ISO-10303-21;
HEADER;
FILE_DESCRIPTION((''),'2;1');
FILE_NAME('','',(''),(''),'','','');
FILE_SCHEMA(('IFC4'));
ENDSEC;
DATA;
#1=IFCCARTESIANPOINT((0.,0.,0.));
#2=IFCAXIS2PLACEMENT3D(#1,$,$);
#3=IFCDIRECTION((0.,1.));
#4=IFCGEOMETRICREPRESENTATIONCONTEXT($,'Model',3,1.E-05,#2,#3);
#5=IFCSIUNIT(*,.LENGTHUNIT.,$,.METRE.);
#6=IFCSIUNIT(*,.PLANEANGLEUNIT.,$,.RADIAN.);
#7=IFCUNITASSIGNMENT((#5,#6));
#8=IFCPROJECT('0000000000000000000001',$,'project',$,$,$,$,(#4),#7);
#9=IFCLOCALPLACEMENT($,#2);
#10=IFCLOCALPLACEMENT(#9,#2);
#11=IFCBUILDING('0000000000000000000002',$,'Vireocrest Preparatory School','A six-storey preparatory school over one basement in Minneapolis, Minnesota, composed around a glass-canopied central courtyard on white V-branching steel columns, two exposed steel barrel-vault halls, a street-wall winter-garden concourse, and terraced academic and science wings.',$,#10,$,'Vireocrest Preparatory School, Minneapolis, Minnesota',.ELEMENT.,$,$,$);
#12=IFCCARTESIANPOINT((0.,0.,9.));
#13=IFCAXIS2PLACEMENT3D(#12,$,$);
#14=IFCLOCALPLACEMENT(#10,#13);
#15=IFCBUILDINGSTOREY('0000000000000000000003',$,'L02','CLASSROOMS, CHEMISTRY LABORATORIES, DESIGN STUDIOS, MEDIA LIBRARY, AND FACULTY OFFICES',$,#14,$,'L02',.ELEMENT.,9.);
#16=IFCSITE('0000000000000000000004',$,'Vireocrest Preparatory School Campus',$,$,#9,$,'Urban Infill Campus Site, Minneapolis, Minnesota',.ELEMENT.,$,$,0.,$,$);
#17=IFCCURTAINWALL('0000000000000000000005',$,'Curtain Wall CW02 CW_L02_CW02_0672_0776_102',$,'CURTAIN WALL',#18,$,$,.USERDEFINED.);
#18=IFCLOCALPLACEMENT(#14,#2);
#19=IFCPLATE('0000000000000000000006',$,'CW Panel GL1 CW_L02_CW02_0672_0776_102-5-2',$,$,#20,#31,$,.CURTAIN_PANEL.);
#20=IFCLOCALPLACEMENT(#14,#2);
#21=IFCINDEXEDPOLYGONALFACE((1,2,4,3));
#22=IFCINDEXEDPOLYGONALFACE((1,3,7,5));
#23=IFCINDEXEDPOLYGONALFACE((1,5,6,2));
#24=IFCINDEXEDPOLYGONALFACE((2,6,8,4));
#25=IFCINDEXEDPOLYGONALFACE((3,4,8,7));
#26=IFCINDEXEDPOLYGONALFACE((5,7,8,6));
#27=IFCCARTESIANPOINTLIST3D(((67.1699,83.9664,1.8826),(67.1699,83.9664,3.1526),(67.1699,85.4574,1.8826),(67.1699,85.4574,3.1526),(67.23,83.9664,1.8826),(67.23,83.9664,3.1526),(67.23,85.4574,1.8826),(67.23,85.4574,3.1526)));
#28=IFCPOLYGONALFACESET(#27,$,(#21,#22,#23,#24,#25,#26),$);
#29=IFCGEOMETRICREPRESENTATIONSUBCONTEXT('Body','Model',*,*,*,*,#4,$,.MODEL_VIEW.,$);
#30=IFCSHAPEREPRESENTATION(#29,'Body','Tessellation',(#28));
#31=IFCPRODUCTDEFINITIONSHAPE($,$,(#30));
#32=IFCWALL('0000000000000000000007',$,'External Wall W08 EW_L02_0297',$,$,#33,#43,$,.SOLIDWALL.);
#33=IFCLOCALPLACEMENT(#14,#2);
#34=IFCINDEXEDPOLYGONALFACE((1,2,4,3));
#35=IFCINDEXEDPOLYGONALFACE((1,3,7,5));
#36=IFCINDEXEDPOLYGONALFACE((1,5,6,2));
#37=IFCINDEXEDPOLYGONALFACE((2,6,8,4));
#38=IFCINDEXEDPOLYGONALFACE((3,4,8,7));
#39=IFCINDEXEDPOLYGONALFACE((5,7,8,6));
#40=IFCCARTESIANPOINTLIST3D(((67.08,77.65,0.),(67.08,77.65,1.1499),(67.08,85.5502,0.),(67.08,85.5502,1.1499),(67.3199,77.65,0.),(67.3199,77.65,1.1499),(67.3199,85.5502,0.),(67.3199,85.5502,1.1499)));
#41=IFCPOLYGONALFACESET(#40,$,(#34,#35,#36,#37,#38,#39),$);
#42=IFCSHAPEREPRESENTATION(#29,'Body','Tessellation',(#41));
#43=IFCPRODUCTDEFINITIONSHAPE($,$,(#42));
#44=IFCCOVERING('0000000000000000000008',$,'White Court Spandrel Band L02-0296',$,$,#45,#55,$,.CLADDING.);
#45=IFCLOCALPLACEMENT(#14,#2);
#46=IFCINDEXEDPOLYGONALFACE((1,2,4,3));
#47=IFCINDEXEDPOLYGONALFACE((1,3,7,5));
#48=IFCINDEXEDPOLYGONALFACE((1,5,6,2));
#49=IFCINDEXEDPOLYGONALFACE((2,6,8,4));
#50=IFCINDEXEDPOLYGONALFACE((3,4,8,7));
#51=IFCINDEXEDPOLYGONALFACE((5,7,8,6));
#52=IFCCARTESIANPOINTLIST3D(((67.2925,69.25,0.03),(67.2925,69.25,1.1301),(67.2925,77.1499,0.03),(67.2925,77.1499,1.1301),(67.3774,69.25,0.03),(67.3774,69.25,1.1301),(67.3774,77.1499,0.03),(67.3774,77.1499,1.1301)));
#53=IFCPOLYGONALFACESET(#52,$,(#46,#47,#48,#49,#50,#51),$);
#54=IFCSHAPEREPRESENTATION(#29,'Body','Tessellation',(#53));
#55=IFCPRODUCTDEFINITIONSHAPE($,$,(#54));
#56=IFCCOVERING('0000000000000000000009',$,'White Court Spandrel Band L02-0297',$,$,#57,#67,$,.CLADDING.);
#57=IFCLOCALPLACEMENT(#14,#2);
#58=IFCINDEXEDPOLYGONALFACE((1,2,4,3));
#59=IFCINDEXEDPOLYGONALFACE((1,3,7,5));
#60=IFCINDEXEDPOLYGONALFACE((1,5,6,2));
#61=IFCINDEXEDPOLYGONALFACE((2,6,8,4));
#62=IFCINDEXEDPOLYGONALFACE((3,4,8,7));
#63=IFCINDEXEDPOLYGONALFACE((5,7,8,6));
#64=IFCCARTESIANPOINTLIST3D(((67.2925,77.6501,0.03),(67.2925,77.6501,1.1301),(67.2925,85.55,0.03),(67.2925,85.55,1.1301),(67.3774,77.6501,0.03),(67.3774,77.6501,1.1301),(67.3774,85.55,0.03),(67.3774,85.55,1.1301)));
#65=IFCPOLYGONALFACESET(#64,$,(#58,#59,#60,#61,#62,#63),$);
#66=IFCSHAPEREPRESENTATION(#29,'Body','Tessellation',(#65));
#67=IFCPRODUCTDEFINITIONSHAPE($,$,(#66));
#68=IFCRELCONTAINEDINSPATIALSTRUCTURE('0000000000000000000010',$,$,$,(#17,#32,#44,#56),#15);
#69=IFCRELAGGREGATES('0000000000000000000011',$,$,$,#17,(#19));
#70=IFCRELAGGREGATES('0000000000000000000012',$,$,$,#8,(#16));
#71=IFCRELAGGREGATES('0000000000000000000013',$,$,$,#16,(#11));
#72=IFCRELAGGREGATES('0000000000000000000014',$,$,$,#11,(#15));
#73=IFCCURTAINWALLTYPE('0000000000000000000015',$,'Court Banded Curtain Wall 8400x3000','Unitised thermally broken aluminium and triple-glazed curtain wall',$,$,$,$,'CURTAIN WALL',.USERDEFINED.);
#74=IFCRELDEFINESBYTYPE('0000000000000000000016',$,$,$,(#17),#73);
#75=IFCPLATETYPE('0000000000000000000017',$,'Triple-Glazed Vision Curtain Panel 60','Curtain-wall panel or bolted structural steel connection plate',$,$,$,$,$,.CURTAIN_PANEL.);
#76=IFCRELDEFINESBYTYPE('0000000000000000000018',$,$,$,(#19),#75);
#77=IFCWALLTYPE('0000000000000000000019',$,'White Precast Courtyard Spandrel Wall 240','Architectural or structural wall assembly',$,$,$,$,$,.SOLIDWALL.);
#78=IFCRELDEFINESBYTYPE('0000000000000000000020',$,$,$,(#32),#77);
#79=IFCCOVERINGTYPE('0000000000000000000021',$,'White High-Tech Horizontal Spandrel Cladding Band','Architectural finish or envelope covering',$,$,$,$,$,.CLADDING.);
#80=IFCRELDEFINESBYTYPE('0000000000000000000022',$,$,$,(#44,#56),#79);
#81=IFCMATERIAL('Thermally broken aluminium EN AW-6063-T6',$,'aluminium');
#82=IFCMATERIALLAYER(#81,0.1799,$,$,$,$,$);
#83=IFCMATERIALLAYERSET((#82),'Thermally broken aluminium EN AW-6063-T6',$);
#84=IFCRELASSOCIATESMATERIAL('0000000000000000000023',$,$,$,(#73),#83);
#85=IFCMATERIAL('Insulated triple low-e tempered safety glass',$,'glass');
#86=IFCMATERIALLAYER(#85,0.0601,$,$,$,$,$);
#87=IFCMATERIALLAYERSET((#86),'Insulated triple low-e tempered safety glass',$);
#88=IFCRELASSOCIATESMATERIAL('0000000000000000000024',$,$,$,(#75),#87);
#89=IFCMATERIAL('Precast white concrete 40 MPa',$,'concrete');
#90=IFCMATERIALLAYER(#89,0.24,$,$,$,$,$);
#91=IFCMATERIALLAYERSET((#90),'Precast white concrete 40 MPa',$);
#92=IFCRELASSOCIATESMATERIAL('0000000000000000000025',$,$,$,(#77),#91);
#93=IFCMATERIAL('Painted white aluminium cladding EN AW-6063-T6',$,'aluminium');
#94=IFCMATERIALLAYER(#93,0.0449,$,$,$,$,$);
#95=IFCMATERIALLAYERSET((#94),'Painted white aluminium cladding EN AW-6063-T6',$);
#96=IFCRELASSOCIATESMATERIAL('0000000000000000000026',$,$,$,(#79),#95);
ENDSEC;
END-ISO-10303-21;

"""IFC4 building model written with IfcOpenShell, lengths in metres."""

from ifc_helpers import new_model, si_unit, direction, frame, frame_2d, origin, origin_2d, place, context, subcontext, project, spatial, rectangle, extrude, material, layer, layer_set, type_object, element, aggregate, save


model = new_model("IFC4")

# Units and contexts
model_context = context("Model", 3, precision=1e-05, world=origin(), true_north=direction((0.0, 1.0)))
body_context = subcontext(model_context, "Body", "Model", "MODEL_VIEW")
ifc_project = project(units=[si_unit("LENGTHUNIT", "METRE"), si_unit("PLANEANGLEUNIT", "RADIAN")], contexts=[model_context])

# Site, building, storey
site_placement = place(None, origin())
site = spatial("IfcSite", under=ifc_project, at=site_placement, Name="Vireocrest Preparatory School Campus", LongName="Urban Infill Campus Site, Minneapolis, Minnesota", CompositionType="ELEMENT", RefElevation=0.0)
building_placement = place(site_placement, origin())
building = spatial("IfcBuilding", under=site, at=building_placement, Name="Vireocrest Preparatory School", Description="A six-storey preparatory school over one basement in Minneapolis, Minnesota, composed around a glass-canopied central courtyard on white V-branching steel columns, two exposed steel barrel-vault halls, a street-wall winter-garden concourse, and terraced academic and science wings.", LongName="Vireocrest Preparatory School, Minneapolis, Minnesota", CompositionType="ELEMENT")
storey_placement = place(building_placement, frame((0.0, 0.0, 9.0)))
storey = spatial("IfcBuildingStorey", under=building, at=storey_placement, Name="L02", Description="CLASSROOMS, CHEMISTRY LABORATORIES, DESIGN STUDIOS, MEDIA LIBRARY, AND FACULTY OFFICES", LongName="L02", CompositionType="ELEMENT", Elevation=9.0)

# Curtain wall
ifc_material_1 = material(Name="Thermally broken aluminium EN AW-6063-T6", Category="aluminium")
ifc_layer_1 = layer(ifc_material_1, 0.1799)
ifc_layer_set_1 = layer_set([ifc_layer_1], Name="Thermally broken aluminium EN AW-6063-T6")
curtain_wall_type = type_object("IfcCurtainWallType", Name="Court Banded Curtain Wall 8400x3000", Description="Unitised thermally broken aluminium and triple-glazed curtain wall", ElementType="CURTAIN WALL", PredefinedType="USERDEFINED", material=ifc_layer_set_1)
curtain_wall_1_placement = place(storey_placement, origin())
curtain_wall_1 = element("IfcCurtainWall", 1, at=curtain_wall_1_placement, inside=storey, type_object=curtain_wall_type, Name="Curtain Wall CW02 CW_L02_CW02_0672_0776_102", ObjectType="CURTAIN WALL", PredefinedType="USERDEFINED")

# Plate
ifc_material_2 = material(Name="Insulated triple low-e tempered safety glass", Category="glass")
ifc_layer_2 = layer(ifc_material_2, 0.0601)
ifc_layer_set_2 = layer_set([ifc_layer_2], Name="Insulated triple low-e tempered safety glass")
plate_type = type_object("IfcPlateType", Name="Triple-Glazed Vision Curtain Panel 60", Description="Curtain-wall panel or bolted structural steel connection plate", PredefinedType="CURTAIN_PANEL", material=ifc_layer_set_2)
plate_1_placement = place(storey_placement, frame((67.2, 84.7119, 1.8826), z_axis=(0.0, 0.0, 1.0), x_axis=(0.0, 1.0, 0.0)))
plate_1 = element("IfcPlate", 2, at=plate_1_placement, type_object=plate_type, Name="CW Panel GL1 CW_L02_CW02_0672_0776_102-5-2", PredefinedType="CURTAIN_PANEL", context=body_context, shape_type="SweptSolid", body=[
    extrude(rectangle(XDim=1.491, YDim=0.0601, at=origin_2d()), origin(), (0.0, 0.0, 1.0), 1.27),
])
aggregate(curtain_wall_1, [plate_1])

# Wall
ifc_material_3 = material(Name="Precast white concrete 40 MPa", Category="concrete")
ifc_layer_3 = layer(ifc_material_3, 0.24)
ifc_layer_set_3 = layer_set([ifc_layer_3], Name="Precast white concrete 40 MPa")
wall_type = type_object("IfcWallType", Name="White Precast Courtyard Spandrel Wall 240", Description="Architectural or structural wall assembly", PredefinedType="SOLIDWALL", material=ifc_layer_set_3)
wall_placement = place(storey_placement, frame((67.2, 77.6499, 0.0), z_axis=(0.0, 0.0, 1.0), x_axis=(0.0, 1.0, 0.0)))
element("IfcWall", 3, at=wall_placement, inside=storey, type_object=wall_type, Name="External Wall W08 EW_L02_0297", PredefinedType="SOLIDWALL", context=body_context, shape_type="SweptSolid", body=[
    extrude(rectangle(XDim=7.9001, YDim=0.24, at=frame_2d((3.9502, 0.0))), origin(), (0.0, 0.0, 1.0), 1.1499),
])

# Coverings
ifc_material_4 = material(Name="Painted white aluminium cladding EN AW-6063-T6", Category="aluminium")
ifc_layer_4 = layer(ifc_material_4, 0.0449)
ifc_layer_set_4 = layer_set([ifc_layer_4], Name="Painted white aluminium cladding EN AW-6063-T6")
covering_type = type_object("IfcCoveringType", Name="White High-Tech Horizontal Spandrel Cladding Band", Description="Architectural finish or envelope covering", PredefinedType="CLADDING", material=ifc_layer_set_4)
for number, where, z_axis, x_axis, name in (
    (4, (67.335, 73.2, 0.03), (0.0, 0.0, 1.0), (1.0, 0.0, 0.0), "White Court Spandrel Band L02-0296"),
    (5, (67.335, 81.6001, 0.03), (0.0, 0.0, 1.0), (1.0, 0.0, 0.0), "White Court Spandrel Band L02-0297"),
):
    element("IfcCovering", number, at=place(storey_placement, frame(where, z_axis=z_axis, x_axis=x_axis)), inside=storey, type_object=covering_type, Name=name, PredefinedType="CLADDING", context=body_context, shape_type="SweptSolid", body=[
        extrude(rectangle(XDim=0.085, YDim=7.8999, at=origin_2d()), origin(), (0.0, 0.0, 1.0), 1.1001),
    ])

save(model, "model.ifc")
